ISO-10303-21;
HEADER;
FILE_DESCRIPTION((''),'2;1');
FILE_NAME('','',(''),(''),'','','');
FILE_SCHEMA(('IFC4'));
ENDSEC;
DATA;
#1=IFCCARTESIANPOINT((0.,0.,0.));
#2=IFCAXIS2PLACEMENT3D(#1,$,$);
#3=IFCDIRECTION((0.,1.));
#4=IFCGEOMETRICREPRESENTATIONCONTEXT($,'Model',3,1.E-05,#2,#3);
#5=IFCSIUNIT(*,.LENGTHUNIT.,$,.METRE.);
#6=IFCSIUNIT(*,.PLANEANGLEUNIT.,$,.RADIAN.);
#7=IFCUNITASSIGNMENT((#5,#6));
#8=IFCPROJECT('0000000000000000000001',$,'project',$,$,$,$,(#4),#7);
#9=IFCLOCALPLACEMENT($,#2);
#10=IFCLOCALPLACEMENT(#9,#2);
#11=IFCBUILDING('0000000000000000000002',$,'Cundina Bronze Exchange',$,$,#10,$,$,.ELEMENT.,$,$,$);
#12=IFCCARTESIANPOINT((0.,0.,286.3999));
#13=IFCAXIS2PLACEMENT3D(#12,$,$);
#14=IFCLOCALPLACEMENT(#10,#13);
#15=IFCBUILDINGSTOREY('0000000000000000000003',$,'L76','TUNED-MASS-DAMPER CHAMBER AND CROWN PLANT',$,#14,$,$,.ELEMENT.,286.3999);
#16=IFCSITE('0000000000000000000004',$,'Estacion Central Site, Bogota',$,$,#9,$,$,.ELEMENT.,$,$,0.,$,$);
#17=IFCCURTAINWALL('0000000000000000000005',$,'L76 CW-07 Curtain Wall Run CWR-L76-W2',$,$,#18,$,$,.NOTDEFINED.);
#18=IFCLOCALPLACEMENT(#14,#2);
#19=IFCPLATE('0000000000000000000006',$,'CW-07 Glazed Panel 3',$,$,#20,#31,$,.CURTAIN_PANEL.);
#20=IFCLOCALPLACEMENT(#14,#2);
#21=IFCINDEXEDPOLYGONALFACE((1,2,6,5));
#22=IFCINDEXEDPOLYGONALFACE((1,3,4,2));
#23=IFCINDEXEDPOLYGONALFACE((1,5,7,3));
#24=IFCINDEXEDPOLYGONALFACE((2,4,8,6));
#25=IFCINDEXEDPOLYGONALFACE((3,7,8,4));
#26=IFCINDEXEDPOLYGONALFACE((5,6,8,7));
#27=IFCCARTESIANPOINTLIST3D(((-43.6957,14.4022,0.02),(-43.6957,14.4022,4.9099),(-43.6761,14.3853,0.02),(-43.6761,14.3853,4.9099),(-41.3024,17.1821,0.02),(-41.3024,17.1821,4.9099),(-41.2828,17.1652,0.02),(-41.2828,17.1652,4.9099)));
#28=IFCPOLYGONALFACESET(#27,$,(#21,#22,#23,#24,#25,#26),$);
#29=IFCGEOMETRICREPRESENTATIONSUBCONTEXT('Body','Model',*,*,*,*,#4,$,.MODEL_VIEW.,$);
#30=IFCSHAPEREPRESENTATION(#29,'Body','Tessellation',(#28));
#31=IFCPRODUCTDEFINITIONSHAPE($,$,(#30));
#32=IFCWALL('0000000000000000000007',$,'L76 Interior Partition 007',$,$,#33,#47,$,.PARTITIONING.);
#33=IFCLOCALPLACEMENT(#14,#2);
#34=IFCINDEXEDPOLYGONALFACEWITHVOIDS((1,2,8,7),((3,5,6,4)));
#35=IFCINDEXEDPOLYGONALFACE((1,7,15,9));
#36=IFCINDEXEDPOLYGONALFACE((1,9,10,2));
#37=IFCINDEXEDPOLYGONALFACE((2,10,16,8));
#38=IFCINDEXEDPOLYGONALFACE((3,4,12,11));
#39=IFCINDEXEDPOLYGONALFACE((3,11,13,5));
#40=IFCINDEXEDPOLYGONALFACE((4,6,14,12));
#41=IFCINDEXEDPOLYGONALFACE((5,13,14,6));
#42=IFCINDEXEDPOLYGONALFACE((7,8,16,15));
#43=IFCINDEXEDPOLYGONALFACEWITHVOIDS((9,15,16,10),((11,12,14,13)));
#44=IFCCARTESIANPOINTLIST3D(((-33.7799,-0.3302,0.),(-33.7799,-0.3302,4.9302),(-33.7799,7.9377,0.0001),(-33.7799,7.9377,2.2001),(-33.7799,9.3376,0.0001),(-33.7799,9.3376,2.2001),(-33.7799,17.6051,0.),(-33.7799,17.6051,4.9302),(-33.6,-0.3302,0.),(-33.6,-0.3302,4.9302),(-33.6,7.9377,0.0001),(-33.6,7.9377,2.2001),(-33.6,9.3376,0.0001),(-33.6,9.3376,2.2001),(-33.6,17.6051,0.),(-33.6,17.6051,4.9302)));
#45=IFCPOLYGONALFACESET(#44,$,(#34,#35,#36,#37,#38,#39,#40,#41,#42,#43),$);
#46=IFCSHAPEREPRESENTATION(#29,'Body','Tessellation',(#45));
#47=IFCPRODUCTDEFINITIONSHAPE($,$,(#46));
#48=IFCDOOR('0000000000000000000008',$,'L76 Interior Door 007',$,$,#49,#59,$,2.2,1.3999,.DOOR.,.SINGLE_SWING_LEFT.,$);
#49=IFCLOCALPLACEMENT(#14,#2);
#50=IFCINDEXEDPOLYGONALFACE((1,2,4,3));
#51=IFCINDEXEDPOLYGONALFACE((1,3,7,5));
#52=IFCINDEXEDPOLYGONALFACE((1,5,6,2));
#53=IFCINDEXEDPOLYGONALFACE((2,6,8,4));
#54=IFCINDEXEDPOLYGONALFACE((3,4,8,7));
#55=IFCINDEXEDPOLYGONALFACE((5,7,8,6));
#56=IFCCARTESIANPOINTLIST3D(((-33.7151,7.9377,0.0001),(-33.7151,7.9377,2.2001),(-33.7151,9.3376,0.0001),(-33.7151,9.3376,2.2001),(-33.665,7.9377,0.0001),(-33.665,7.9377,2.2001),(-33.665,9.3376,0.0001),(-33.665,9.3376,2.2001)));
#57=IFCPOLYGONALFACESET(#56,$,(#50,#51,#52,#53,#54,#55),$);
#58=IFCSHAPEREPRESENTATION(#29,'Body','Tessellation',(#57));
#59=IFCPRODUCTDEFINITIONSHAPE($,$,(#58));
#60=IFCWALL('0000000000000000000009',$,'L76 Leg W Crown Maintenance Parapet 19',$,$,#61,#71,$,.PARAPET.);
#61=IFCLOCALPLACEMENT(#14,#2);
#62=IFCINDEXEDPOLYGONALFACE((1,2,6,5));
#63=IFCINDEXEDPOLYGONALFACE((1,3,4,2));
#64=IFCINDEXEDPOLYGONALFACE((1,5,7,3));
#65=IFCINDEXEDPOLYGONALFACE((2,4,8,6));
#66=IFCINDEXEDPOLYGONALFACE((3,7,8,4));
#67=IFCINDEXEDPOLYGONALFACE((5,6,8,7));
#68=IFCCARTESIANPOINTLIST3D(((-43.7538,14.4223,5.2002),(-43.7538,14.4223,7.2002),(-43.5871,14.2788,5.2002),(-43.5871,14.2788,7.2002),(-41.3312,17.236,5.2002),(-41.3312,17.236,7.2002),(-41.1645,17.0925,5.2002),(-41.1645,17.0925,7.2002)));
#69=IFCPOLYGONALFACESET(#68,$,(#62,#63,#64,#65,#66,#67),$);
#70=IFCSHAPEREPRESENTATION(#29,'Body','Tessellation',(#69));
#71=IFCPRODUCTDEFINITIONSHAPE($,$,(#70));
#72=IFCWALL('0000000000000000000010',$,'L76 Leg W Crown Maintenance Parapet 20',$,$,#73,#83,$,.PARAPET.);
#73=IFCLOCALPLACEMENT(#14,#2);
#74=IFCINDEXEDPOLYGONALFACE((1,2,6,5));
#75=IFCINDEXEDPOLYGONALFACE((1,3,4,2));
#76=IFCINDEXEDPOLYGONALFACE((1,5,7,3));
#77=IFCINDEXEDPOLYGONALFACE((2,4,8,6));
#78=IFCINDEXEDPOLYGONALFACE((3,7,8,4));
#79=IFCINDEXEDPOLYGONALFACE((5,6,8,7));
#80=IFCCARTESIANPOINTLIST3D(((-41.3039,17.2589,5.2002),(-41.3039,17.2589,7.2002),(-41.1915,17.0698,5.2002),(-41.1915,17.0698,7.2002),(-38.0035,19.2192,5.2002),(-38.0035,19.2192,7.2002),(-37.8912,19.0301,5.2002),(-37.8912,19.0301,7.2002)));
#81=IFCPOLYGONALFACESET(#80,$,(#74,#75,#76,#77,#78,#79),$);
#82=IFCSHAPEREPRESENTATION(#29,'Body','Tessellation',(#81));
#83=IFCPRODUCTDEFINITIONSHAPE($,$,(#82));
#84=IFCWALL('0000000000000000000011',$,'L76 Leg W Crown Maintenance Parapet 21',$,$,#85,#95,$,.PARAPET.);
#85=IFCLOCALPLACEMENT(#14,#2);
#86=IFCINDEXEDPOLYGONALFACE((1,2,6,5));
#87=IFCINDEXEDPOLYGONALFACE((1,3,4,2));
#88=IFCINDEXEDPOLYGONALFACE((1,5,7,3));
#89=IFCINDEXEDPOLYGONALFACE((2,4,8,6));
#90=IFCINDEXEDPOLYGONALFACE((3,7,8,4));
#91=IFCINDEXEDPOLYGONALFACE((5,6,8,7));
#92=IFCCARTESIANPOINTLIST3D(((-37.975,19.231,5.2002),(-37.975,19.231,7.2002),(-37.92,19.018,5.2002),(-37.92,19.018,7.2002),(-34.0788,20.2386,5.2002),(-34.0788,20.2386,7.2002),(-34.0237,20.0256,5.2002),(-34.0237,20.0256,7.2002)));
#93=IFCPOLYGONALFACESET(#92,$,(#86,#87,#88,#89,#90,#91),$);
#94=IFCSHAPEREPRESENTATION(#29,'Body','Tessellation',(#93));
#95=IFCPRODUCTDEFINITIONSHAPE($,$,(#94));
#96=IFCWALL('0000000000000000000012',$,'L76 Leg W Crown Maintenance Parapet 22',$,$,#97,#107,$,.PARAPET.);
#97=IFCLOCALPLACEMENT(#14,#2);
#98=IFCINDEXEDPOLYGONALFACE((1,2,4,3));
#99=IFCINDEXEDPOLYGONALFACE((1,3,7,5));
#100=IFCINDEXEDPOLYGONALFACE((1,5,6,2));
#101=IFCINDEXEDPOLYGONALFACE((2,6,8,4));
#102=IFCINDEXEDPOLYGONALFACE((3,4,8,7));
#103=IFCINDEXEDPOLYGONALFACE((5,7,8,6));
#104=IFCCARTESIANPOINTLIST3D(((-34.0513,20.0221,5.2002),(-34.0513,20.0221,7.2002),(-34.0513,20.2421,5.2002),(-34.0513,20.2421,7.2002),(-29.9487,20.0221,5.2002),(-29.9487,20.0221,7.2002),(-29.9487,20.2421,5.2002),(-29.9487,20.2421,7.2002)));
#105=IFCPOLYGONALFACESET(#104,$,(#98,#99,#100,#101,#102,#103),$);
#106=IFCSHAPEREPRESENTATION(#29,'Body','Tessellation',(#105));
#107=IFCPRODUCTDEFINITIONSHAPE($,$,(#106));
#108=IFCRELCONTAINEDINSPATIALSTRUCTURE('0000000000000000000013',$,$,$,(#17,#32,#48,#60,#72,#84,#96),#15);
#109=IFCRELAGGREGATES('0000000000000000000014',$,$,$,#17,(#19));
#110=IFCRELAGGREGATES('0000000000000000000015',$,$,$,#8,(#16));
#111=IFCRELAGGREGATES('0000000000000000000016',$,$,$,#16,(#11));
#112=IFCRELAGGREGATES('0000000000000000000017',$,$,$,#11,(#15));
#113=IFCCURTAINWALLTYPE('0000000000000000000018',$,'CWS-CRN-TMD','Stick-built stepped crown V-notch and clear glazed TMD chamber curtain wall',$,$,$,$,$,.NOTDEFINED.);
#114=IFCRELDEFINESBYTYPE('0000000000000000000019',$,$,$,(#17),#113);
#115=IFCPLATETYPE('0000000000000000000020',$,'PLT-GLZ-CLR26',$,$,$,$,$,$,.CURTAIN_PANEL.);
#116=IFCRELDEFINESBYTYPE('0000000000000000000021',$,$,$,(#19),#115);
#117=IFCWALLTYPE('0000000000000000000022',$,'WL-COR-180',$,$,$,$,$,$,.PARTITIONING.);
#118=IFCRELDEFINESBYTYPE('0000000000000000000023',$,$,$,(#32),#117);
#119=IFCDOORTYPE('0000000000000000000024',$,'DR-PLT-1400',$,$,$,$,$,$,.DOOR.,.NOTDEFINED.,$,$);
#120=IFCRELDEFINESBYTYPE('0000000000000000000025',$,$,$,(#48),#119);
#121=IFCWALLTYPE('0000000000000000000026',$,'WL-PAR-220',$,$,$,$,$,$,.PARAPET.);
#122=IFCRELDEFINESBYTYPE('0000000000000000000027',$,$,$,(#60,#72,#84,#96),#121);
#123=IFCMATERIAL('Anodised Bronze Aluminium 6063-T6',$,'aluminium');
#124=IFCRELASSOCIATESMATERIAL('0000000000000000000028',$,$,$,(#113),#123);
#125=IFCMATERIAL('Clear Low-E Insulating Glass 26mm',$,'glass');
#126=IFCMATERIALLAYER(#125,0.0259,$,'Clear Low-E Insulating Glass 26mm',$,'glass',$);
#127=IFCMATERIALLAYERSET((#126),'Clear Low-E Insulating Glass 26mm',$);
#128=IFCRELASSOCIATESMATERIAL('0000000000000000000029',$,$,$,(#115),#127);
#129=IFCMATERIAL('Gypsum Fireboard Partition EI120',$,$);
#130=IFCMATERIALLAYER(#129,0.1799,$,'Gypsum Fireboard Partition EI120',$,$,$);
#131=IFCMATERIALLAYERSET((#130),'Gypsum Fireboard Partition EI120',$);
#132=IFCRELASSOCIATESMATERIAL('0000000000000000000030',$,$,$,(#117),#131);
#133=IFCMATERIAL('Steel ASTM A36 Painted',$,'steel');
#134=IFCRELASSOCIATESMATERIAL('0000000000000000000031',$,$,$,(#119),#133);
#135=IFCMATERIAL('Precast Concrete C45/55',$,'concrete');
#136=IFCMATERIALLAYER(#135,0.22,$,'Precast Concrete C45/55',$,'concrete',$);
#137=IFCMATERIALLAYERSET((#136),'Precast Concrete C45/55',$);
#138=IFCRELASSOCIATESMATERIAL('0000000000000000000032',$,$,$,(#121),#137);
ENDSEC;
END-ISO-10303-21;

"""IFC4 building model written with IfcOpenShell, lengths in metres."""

from ifc_helpers import new_model, si_unit, direction, frame, frame_2d, origin, origin_2d, place, context, subcontext, project, spatial, rectangle, extrude, material, layer, layer_set, type_object, element, fill, aggregate, save


model = new_model("IFC4")

# Units and contexts
model_context = context("Model", 3, precision=1e-05, world=origin(), true_north=direction((0.0, 1.0)))
body_context = subcontext(model_context, "Body", "Model", "MODEL_VIEW")
ifc_project = project(units=[si_unit("LENGTHUNIT", "METRE"), si_unit("PLANEANGLEUNIT", "RADIAN")], contexts=[model_context])

# Site, building, storey
site_placement = place(None, origin())
site = spatial("IfcSite", under=ifc_project, at=site_placement, Name="Estacion Central Site, Bogota", CompositionType="ELEMENT", RefElevation=0.0)
building_placement = place(site_placement, origin())
building = spatial("IfcBuilding", under=site, at=building_placement, Name="Cundina Bronze Exchange", CompositionType="ELEMENT")
storey_placement = place(building_placement, frame((0.0, 0.0, 286.3999)))
storey = spatial("IfcBuildingStorey", under=building, at=storey_placement, Name="L76", Description="TUNED-MASS-DAMPER CHAMBER AND CROWN PLANT", CompositionType="ELEMENT", Elevation=286.3999)

# Shared definitions
ifc_material_1 = material(Name="Anodised Bronze Aluminium 6063-T6", Category="aluminium")
curtain_wall_type = type_object("IfcCurtainWallType", Name="CWS-CRN-TMD", Description="Stick-built stepped crown V-notch and clear glazed TMD chamber curtain wall", PredefinedType="NOTDEFINED", material=ifc_material_1)

# Curtain wall
curtain_wall_1_placement = place(storey_placement, origin())
curtain_wall_1 = element("IfcCurtainWall", 1, at=curtain_wall_1_placement, inside=storey, type_object=curtain_wall_type, Name="L76 CW-07 Curtain Wall Run CWR-L76-W2", PredefinedType="NOTDEFINED")

# Plate
ifc_material_2 = material(Name="Clear Low-E Insulating Glass 26mm", Category="glass")
ifc_layer_1 = layer(ifc_material_2, 0.0259, Name="Clear Low-E Insulating Glass 26mm", Category="glass")
ifc_layer_set_1 = layer_set([ifc_layer_1], Name="Clear Low-E Insulating Glass 26mm")
plate_type_1 = type_object("IfcPlateType", Name="PLT-GLZ-CLR26", PredefinedType="CURTAIN_PANEL", material=ifc_layer_set_1)
plate_1_placement = place(storey_placement, frame((-42.4893, 15.7837, 0.02), z_axis=(0.0, 0.0, 1.0), x_axis=(-0.652456, -0.757827, 0.0)))
plate_1 = element("IfcPlate", 2, at=plate_1_placement, type_object=plate_type_1, Name="CW-07 Glazed Panel 3", PredefinedType="CURTAIN_PANEL", context=body_context, shape_type="SweptSolid", body=[
    extrude(rectangle(XDim=3.6682, YDim=0.0259, at=origin_2d()), origin(), (0.0, 0.0, 1.0), 4.8899),
])
aggregate(curtain_wall_1, [plate_1])

# Wall, opening, door
ifc_material_3 = material(Name="Gypsum Fireboard Partition EI120")
ifc_layer_2 = layer(ifc_material_3, 0.1799, Name="Gypsum Fireboard Partition EI120")
ifc_layer_set_2 = layer_set([ifc_layer_2], Name="Gypsum Fireboard Partition EI120")
wall_type_1 = type_object("IfcWallType", Name="WL-COR-180", PredefinedType="PARTITIONING", material=ifc_layer_set_2)
wall_1_placement = place(storey_placement, frame((-33.6899, 17.6052, 0.0), z_axis=(0.0, 0.0, 1.0), x_axis=(0.0, -1.0, 0.0)))
wall_1 = element("IfcWall", 3, at=wall_1_placement, inside=storey, type_object=wall_type_1, Name="L76 Interior Partition 007", PredefinedType="PARTITIONING", context=body_context, shape_type="SweptSolid", body=[
    extrude(rectangle(XDim=17.9353, YDim=0.1799, at=frame_2d((8.9678, 0.0))), origin(), (0.0, 0.0, 1.0), 4.9302),
])
opening_placement = place(wall_1_placement, frame((8.2676, 0.0, 0.0)))
opening = element("IfcOpeningElement", 4, at=opening_placement, cuts=wall_1, PredefinedType="OPENING", context=body_context, shape_type="SweptSolid", body=[
    extrude(rectangle(XDim=1.3999, YDim=2.2, at=frame_2d((0.7, 1.1001))), frame((0.0, 0.0999, 0.0), z_axis=(0.0, -1.0, 0.0), x_axis=(1.0, 0.0, 0.0)), (0.0, 0.0, 1.0), 0.2),
])
ifc_material_4 = material(Name="Steel ASTM A36 Painted", Category="steel")
door_type = type_object("IfcDoorType", Name="DR-PLT-1400", OperationType="NOTDEFINED", PredefinedType="DOOR", material=ifc_material_4)
door_placement = place(opening_placement, origin())
door = element("IfcDoor", 5, at=door_placement, inside=storey, type_object=door_type, Name="L76 Interior Door 007", OperationType="SINGLE_SWING_LEFT", OverallHeight=2.2, OverallWidth=1.3999, PredefinedType="DOOR", context=body_context, shape_type="SweptSolid", body=[
    extrude(rectangle(XDim=1.3999, YDim=2.2, at=frame_2d((0.7, 1.1001))), frame((0.0, 0.0249, 0.0), z_axis=(0.0, -1.0, 0.0), x_axis=(1.0, 0.0, 0.0)), (0.0, 0.0, 1.0), 0.05),
])
fill(opening, door)

# Walls
ifc_material_5 = material(Name="Precast Concrete C45/55", Category="concrete")
ifc_layer_3 = layer(ifc_material_5, 0.22, Name="Precast Concrete C45/55", Category="concrete")
ifc_layer_set_3 = layer_set([ifc_layer_3], Name="Precast Concrete C45/55")
wall_type_2 = type_object("IfcWallType", Name="WL-PAR-220", PredefinedType="PARAPET", material=ifc_layer_set_3)
wall_2_placement = place(storey_placement, frame((-43.6704, 14.3506, 5.2002), z_axis=(0.0, 0.0, 1.0), x_axis=(0.652474, 0.757811, 0.0)))
element("IfcWall", 6, at=wall_2_placement, inside=storey, type_object=wall_type_2, Name="L76 Leg W Crown Maintenance Parapet 19", PredefinedType="PARAPET", context=body_context, shape_type="SweptSolid", body=[
    extrude(rectangle(XDim=3.7129, YDim=0.22, at=frame_2d((1.8564, 0.0))), origin(), (0.0, 0.0, 1.0), 2.0),
])
wall_3_placement = place(storey_placement, frame((-41.2478, 17.1643, 5.2002), z_axis=(0.0, 0.0, 1.0), x_axis=(0.85978, 0.510665, 0.0)))
element("IfcWall", 7, at=wall_3_placement, inside=storey, type_object=wall_type_2, Name="L76 Leg W Crown Maintenance Parapet 20", PredefinedType="PARAPET", context=body_context, shape_type="SweptSolid", body=[
    extrude(rectangle(XDim=3.8386, YDim=0.22, at=frame_2d((1.9194, 0.0))), origin(), (0.0, 0.0, 1.0), 2.0),
])
wall_4_placement = place(storey_placement, frame((-37.9475, 19.1245, 5.2002), z_axis=(0.0, 0.0, 1.0), x_axis=(0.968152, 0.250364, 0.0)))
element("IfcWall", 8, at=wall_4_placement, inside=storey, type_object=wall_type_2, Name="L76 Leg W Crown Maintenance Parapet 21", PredefinedType="PARAPET", context=body_context, shape_type="SweptSolid", body=[
    extrude(rectangle(XDim=4.0244, YDim=0.22, at=frame_2d((2.0122, 0.0))), origin(), (0.0, 0.0, 1.0), 2.0),
])
wall_5_placement = place(storey_placement, frame((-34.0513, 20.1321, 5.2002), z_axis=(0.0, 0.0, 1.0), x_axis=(1.0, 0.0, 0.0)))
element("IfcWall", 9, at=wall_5_placement, inside=storey, type_object=wall_type_2, Name="L76 Leg W Crown Maintenance Parapet 22", PredefinedType="PARAPET", context=body_context, shape_type="SweptSolid", body=[
    extrude(rectangle(XDim=4.1025, YDim=0.22, at=frame_2d((2.0513, 0.0))), origin(), (0.0, 0.0, 1.0), 2.0),
])

save(model, "model.ifc")
